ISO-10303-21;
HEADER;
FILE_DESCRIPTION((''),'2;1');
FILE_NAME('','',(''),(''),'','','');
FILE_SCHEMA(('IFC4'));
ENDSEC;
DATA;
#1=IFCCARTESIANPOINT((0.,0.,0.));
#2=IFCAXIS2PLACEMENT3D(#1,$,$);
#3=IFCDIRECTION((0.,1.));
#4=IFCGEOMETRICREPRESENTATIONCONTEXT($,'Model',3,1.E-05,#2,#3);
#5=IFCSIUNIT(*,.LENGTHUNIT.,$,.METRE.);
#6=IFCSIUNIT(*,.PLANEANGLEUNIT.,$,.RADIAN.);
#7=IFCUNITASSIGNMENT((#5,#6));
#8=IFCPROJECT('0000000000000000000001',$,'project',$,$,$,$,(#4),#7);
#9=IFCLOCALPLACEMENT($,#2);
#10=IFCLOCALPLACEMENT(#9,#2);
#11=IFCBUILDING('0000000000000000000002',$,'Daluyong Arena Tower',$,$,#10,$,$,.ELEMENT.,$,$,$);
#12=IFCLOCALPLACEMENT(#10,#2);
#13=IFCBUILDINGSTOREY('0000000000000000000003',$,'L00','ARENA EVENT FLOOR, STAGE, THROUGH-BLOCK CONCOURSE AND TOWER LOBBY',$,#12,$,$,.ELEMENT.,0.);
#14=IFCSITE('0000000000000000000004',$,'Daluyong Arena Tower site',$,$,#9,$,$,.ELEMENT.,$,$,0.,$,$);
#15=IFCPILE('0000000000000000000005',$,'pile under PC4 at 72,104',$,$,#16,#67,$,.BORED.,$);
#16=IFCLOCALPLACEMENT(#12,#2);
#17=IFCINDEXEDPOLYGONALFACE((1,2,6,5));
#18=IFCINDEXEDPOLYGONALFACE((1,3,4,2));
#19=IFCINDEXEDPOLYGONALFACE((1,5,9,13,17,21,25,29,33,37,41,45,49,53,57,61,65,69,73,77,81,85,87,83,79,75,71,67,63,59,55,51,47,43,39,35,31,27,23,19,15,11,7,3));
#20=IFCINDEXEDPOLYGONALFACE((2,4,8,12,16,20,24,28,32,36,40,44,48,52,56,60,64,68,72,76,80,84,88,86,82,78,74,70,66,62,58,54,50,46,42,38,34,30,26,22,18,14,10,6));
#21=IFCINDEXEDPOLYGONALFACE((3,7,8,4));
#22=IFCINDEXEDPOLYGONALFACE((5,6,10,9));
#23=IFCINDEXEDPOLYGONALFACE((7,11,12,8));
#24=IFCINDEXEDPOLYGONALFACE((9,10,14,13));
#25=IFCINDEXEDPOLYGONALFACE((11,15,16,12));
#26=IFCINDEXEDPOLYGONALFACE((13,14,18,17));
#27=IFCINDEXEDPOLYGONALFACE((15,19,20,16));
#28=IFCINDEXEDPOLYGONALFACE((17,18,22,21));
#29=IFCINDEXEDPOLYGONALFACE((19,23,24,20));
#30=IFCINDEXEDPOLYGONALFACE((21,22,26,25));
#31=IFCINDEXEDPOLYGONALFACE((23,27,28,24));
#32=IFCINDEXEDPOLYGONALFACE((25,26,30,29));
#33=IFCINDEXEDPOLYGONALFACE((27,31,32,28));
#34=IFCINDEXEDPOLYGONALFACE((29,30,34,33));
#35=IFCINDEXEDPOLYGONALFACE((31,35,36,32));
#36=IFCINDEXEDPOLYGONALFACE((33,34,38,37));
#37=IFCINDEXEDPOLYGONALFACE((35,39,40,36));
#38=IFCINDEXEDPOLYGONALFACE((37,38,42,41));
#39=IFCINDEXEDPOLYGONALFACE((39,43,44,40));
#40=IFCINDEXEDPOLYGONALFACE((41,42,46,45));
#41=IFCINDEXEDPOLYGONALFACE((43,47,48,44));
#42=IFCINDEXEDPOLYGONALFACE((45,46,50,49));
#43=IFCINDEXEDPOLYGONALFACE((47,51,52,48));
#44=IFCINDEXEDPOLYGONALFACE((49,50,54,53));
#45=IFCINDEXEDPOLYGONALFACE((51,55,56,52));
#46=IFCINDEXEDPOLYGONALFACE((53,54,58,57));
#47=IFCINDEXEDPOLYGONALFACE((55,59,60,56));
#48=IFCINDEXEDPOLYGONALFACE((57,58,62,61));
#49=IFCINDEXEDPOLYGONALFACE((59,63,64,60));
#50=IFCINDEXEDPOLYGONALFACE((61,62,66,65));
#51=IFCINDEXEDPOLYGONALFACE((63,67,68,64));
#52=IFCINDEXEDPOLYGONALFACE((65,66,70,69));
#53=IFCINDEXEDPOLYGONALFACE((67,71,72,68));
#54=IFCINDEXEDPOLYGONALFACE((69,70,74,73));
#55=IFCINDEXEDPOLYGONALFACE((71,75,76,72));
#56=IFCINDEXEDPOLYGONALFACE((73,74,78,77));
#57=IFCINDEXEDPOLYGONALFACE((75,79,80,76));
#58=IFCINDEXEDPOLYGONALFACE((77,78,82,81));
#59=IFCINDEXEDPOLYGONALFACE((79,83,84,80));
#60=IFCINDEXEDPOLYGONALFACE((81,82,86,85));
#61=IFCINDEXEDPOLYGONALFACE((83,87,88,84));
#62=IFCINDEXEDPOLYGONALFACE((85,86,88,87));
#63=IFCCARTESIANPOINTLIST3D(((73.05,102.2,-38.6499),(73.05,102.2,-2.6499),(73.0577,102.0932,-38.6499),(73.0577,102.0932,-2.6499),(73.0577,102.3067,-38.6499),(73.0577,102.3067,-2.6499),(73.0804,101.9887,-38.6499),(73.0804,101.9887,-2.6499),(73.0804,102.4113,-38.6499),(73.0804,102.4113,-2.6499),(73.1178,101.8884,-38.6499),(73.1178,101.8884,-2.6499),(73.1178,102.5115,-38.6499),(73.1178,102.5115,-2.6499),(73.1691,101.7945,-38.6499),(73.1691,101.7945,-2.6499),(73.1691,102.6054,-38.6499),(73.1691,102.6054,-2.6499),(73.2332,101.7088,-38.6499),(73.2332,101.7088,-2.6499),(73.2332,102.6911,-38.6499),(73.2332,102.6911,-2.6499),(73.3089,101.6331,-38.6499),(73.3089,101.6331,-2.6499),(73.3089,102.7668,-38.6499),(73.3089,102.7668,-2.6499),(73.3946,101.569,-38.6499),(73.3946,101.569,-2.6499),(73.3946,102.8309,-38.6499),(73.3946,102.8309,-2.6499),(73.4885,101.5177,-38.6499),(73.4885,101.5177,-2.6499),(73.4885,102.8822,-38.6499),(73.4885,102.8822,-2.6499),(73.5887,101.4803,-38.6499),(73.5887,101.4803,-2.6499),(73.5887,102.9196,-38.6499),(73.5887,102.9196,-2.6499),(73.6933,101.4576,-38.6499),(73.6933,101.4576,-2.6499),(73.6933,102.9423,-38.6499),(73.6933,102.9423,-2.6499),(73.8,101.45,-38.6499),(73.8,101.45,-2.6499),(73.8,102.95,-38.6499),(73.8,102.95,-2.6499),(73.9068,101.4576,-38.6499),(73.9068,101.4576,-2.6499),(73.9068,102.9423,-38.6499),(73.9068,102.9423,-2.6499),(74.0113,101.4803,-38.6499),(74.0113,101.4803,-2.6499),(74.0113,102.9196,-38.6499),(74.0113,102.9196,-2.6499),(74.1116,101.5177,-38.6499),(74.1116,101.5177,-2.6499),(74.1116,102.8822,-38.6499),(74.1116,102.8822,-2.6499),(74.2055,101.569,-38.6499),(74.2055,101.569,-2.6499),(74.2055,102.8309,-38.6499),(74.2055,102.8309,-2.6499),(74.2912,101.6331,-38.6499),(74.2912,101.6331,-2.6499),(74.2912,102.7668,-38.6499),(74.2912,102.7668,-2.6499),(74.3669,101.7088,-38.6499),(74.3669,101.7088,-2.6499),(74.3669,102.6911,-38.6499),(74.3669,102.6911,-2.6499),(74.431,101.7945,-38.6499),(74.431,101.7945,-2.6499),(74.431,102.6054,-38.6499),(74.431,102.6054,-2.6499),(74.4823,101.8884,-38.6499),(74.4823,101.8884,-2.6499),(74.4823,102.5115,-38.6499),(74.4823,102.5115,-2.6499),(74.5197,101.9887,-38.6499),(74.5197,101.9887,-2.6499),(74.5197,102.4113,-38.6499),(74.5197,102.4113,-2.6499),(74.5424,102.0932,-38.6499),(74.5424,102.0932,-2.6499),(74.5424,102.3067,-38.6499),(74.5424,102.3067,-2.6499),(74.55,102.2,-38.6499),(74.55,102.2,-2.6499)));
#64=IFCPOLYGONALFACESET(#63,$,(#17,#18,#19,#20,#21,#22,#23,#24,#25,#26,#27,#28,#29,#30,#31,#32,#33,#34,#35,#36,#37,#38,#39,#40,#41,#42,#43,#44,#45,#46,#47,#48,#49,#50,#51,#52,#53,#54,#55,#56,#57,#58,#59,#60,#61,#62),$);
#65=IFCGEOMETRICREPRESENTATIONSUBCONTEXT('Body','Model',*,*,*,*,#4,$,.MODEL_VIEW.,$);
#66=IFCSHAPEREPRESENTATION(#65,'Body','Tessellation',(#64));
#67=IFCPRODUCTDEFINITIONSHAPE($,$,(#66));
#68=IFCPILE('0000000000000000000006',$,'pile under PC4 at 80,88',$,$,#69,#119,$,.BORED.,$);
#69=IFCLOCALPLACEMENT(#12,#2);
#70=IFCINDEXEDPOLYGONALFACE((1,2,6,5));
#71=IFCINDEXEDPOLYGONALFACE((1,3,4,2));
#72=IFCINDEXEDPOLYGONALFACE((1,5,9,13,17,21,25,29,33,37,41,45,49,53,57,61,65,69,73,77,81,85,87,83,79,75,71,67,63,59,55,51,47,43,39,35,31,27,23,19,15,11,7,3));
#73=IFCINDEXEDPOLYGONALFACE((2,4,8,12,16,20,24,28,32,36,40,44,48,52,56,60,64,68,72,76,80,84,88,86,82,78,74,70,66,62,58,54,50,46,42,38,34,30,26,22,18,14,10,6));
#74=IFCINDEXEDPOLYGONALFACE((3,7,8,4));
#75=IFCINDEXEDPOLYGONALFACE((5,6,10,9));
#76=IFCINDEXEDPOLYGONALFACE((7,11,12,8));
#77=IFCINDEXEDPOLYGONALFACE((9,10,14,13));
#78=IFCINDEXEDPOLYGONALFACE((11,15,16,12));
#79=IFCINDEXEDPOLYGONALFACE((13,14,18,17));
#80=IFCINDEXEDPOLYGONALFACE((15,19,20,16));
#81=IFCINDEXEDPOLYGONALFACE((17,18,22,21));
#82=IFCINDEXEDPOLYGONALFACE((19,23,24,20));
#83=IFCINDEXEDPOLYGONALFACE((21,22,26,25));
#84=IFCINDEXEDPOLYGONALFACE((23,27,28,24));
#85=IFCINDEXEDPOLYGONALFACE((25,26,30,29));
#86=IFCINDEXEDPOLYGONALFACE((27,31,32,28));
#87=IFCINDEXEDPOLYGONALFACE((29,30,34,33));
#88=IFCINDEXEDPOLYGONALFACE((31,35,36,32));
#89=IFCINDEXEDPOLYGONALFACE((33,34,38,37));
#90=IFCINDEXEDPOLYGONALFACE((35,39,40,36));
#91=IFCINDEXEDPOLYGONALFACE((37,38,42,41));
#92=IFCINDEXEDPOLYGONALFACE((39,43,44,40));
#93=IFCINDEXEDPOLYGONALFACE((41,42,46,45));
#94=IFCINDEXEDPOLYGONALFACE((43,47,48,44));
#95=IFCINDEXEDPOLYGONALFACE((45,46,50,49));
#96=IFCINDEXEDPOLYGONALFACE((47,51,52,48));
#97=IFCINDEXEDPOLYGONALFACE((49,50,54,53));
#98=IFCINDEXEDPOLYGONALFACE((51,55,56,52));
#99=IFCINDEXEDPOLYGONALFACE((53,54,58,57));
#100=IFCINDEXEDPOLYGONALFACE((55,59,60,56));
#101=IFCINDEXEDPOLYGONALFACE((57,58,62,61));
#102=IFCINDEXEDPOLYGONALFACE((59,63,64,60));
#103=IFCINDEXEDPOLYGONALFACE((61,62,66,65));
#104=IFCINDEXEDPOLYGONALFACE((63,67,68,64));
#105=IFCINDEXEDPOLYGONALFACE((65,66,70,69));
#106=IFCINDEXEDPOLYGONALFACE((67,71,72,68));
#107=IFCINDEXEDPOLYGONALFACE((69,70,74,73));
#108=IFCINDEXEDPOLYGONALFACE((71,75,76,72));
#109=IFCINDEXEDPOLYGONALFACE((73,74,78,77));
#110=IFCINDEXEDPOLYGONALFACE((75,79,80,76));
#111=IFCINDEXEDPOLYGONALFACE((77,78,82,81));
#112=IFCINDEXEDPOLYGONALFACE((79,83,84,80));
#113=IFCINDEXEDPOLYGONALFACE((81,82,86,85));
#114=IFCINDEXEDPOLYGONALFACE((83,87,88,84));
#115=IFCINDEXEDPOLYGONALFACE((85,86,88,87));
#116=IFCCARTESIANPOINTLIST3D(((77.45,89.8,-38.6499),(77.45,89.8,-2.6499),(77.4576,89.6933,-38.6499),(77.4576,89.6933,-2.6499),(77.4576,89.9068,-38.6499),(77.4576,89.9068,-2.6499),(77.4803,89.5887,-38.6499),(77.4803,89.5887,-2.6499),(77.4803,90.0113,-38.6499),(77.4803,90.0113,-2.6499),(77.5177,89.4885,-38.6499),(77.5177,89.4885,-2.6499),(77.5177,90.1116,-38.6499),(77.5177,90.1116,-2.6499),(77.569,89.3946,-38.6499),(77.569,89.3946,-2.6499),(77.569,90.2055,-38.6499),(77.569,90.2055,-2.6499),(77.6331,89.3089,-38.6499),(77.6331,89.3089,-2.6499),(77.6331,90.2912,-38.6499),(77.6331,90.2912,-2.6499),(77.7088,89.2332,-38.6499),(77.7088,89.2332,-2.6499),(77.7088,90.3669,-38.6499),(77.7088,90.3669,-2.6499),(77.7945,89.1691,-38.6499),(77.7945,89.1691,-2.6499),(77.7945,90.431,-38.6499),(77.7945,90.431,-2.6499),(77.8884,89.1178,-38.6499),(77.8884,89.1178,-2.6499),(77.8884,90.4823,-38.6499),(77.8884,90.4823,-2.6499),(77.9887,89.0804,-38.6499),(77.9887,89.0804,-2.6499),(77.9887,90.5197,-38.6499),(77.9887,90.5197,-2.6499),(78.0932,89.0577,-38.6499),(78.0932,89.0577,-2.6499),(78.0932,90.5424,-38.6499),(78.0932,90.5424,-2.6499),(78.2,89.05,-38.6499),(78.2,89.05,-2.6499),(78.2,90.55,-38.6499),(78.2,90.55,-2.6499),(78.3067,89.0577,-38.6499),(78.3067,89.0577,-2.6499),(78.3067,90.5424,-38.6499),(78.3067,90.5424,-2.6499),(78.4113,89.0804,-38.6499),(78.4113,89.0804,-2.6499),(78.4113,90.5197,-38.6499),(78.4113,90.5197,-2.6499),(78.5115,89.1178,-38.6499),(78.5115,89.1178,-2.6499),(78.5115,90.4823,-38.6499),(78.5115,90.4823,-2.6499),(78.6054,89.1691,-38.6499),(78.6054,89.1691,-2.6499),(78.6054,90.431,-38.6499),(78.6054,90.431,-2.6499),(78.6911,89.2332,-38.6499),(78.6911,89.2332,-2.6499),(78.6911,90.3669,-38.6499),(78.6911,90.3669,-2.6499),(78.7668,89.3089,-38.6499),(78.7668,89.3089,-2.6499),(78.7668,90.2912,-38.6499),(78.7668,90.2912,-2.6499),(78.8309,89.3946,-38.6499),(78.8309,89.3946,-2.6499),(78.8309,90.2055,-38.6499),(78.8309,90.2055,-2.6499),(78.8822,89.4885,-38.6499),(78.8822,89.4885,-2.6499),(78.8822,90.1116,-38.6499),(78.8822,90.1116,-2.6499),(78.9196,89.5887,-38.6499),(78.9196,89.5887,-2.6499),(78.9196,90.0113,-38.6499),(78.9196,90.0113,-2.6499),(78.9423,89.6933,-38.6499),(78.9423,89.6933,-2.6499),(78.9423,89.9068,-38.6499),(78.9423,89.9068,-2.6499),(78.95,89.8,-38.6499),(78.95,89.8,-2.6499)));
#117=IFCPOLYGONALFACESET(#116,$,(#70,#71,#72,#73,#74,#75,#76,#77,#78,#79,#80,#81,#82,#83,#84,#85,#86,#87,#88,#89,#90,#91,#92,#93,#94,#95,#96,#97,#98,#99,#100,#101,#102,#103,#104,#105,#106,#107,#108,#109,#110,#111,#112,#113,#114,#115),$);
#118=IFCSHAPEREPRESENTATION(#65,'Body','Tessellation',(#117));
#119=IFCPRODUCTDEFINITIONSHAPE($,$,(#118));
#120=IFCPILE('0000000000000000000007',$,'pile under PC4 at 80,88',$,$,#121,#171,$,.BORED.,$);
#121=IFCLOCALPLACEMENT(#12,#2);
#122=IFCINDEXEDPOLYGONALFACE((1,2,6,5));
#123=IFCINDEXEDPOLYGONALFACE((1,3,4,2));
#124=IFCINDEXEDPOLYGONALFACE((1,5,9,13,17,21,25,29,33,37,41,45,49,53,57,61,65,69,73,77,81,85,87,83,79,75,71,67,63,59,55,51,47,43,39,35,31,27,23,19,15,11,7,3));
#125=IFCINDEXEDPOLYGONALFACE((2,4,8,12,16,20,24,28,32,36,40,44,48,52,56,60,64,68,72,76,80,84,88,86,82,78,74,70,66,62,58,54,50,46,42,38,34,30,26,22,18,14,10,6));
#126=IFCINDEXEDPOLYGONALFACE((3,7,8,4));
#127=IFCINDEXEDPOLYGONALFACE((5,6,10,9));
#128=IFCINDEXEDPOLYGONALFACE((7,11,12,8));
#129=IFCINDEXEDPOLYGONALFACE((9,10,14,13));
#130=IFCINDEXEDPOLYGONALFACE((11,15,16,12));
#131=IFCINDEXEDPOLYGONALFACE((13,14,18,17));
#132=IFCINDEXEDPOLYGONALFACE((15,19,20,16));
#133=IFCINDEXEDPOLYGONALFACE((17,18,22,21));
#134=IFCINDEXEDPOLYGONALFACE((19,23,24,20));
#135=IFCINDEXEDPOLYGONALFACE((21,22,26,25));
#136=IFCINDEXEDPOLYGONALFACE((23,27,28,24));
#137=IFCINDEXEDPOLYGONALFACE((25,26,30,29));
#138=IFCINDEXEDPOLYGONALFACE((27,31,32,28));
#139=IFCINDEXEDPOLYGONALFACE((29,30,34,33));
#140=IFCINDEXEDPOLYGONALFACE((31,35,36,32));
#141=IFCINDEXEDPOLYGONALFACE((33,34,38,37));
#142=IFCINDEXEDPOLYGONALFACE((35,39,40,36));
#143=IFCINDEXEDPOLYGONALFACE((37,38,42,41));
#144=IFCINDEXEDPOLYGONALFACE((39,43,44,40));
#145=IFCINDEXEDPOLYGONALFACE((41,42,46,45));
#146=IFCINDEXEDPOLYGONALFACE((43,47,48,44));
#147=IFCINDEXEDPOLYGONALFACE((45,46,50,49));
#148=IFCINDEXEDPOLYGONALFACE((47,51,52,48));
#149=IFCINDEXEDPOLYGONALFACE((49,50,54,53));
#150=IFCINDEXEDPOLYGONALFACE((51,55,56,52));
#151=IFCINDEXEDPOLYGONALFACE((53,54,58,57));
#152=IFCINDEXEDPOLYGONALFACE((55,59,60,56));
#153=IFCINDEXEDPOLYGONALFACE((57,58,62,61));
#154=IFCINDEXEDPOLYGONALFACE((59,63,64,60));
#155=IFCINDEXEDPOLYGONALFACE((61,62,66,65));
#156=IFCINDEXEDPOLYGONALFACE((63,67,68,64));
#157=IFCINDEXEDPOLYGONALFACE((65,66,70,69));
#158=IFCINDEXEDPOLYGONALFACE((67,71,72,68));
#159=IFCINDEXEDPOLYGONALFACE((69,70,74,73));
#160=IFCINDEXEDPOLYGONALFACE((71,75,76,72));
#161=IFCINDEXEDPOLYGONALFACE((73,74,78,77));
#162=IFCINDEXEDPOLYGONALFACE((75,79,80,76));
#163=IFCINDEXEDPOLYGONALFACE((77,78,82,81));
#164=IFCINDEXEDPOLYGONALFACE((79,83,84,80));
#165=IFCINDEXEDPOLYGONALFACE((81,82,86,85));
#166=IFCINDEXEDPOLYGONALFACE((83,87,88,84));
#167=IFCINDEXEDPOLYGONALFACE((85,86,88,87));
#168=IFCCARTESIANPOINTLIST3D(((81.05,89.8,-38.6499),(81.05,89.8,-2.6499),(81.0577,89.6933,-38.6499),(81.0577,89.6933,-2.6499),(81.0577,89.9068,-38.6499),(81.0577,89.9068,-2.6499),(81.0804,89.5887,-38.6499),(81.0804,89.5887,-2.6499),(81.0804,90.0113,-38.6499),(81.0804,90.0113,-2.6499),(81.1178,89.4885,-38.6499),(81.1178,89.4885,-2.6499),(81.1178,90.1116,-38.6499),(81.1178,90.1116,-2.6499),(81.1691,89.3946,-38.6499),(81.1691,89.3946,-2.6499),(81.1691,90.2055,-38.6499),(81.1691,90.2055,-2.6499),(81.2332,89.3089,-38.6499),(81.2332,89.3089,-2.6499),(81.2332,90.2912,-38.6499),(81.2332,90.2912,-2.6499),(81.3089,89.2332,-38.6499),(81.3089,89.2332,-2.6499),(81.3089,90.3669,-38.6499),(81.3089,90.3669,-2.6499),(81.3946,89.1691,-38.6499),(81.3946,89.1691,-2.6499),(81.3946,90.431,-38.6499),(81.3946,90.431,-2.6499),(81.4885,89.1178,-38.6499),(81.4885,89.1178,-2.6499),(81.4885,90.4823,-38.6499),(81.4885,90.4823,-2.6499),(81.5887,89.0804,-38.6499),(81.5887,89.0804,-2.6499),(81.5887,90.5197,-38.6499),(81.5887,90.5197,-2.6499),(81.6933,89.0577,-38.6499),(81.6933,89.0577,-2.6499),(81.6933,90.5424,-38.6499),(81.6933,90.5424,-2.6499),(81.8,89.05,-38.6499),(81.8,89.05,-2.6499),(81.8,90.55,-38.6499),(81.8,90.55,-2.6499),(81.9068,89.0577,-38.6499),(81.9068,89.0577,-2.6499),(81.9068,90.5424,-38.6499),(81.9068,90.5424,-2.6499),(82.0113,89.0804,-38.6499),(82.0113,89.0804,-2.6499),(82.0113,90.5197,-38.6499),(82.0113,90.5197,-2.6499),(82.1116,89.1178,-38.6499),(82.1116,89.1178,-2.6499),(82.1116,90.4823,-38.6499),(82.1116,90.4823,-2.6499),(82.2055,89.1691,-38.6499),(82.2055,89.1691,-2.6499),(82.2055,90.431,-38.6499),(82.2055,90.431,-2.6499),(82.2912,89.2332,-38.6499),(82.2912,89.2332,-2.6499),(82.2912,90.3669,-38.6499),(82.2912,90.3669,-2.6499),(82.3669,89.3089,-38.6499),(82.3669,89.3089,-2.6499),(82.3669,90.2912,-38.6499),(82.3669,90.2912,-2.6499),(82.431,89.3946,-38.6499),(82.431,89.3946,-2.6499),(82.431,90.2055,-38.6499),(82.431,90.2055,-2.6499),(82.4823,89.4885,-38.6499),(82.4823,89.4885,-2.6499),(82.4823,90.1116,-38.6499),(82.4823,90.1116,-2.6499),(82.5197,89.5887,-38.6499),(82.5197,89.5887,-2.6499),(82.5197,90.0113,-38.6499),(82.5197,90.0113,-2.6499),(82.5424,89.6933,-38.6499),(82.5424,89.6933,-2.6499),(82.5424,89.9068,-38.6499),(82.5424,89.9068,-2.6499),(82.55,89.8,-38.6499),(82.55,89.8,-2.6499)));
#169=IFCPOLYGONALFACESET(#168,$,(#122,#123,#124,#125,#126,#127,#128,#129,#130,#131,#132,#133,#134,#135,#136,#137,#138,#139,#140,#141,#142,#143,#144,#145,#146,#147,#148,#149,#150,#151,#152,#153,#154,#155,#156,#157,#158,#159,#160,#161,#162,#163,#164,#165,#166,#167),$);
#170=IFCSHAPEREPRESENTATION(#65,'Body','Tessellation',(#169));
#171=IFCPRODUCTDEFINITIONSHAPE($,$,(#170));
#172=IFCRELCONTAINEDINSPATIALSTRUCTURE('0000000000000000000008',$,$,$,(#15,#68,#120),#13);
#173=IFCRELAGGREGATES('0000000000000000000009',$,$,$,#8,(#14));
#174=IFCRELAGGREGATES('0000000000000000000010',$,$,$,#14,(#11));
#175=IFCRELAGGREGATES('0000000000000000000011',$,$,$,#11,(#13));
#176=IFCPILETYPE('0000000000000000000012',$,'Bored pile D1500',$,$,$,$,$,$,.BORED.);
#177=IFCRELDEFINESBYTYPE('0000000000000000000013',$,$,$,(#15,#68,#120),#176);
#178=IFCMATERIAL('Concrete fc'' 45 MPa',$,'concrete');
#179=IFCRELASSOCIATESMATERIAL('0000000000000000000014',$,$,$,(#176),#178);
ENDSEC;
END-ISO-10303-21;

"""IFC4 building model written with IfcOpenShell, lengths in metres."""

from ifc_helpers import new_model, si_unit, direction, frame, origin, origin_2d, place, context, subcontext, project, spatial, circle, extrude, material, type_object, element, save


model = new_model("IFC4")

# Units and contexts
model_context = context("Model", 3, precision=1e-05, world=origin(), true_north=direction((0.0, 1.0)))
body_context = subcontext(model_context, "Body", "Model", "MODEL_VIEW")
ifc_project = project(units=[si_unit("LENGTHUNIT", "METRE"), si_unit("PLANEANGLEUNIT", "RADIAN")], contexts=[model_context])

# Site, building, storey
site_placement = place(None, origin())
site = spatial("IfcSite", under=ifc_project, at=site_placement, Name="Daluyong Arena Tower site", CompositionType="ELEMENT", RefElevation=0.0)
building_placement = place(site_placement, origin())
building = spatial("IfcBuilding", under=site, at=building_placement, Name="Daluyong Arena Tower", CompositionType="ELEMENT")
storey_placement = place(building_placement, origin())
storey = spatial("IfcBuildingStorey", under=building, at=storey_placement, Name="L00", Description="ARENA EVENT FLOOR, STAGE, THROUGH-BLOCK CONCOURSE AND TOWER LOBBY", CompositionType="ELEMENT", Elevation=0.0)

# Piles
ifc_material_1 = material(Name="Concrete fc' 45 MPa", Category="concrete")
pile_type_1 = type_object("IfcPileType", Name="Bored pile D1500", PredefinedType="BORED", material=ifc_material_1)
for number, where, z_axis, x_axis, name in (
    (1, (73.8, 102.2, -2.6499), (0.0, 0.0, -1.0), (1.0, 0.0, 0.0), "pile under PC4 at 72,104"),
    (2, (78.2, 89.8, -2.6499), (0.0, 0.0, -1.0), (1.0, 0.0, 0.0), "pile under PC4 at 80,88"),
    (3, (81.8, 89.8, -2.6499), (0.0, 0.0, -1.0), (1.0, 0.0, 0.0), "pile under PC4 at 80,88"),
):
    element("IfcPile", number, at=place(storey_placement, frame(where, z_axis=z_axis, x_axis=x_axis)), inside=storey, type_object=pile_type_1, Name=name, PredefinedType="BORED", context=body_context, shape_type="SweptSolid", body=[
        extrude(circle(Radius=0.75, at=origin_2d()), origin(), (0.0, 0.0, 1.0), 36.0),
    ])

save(model, "model.ifc")
